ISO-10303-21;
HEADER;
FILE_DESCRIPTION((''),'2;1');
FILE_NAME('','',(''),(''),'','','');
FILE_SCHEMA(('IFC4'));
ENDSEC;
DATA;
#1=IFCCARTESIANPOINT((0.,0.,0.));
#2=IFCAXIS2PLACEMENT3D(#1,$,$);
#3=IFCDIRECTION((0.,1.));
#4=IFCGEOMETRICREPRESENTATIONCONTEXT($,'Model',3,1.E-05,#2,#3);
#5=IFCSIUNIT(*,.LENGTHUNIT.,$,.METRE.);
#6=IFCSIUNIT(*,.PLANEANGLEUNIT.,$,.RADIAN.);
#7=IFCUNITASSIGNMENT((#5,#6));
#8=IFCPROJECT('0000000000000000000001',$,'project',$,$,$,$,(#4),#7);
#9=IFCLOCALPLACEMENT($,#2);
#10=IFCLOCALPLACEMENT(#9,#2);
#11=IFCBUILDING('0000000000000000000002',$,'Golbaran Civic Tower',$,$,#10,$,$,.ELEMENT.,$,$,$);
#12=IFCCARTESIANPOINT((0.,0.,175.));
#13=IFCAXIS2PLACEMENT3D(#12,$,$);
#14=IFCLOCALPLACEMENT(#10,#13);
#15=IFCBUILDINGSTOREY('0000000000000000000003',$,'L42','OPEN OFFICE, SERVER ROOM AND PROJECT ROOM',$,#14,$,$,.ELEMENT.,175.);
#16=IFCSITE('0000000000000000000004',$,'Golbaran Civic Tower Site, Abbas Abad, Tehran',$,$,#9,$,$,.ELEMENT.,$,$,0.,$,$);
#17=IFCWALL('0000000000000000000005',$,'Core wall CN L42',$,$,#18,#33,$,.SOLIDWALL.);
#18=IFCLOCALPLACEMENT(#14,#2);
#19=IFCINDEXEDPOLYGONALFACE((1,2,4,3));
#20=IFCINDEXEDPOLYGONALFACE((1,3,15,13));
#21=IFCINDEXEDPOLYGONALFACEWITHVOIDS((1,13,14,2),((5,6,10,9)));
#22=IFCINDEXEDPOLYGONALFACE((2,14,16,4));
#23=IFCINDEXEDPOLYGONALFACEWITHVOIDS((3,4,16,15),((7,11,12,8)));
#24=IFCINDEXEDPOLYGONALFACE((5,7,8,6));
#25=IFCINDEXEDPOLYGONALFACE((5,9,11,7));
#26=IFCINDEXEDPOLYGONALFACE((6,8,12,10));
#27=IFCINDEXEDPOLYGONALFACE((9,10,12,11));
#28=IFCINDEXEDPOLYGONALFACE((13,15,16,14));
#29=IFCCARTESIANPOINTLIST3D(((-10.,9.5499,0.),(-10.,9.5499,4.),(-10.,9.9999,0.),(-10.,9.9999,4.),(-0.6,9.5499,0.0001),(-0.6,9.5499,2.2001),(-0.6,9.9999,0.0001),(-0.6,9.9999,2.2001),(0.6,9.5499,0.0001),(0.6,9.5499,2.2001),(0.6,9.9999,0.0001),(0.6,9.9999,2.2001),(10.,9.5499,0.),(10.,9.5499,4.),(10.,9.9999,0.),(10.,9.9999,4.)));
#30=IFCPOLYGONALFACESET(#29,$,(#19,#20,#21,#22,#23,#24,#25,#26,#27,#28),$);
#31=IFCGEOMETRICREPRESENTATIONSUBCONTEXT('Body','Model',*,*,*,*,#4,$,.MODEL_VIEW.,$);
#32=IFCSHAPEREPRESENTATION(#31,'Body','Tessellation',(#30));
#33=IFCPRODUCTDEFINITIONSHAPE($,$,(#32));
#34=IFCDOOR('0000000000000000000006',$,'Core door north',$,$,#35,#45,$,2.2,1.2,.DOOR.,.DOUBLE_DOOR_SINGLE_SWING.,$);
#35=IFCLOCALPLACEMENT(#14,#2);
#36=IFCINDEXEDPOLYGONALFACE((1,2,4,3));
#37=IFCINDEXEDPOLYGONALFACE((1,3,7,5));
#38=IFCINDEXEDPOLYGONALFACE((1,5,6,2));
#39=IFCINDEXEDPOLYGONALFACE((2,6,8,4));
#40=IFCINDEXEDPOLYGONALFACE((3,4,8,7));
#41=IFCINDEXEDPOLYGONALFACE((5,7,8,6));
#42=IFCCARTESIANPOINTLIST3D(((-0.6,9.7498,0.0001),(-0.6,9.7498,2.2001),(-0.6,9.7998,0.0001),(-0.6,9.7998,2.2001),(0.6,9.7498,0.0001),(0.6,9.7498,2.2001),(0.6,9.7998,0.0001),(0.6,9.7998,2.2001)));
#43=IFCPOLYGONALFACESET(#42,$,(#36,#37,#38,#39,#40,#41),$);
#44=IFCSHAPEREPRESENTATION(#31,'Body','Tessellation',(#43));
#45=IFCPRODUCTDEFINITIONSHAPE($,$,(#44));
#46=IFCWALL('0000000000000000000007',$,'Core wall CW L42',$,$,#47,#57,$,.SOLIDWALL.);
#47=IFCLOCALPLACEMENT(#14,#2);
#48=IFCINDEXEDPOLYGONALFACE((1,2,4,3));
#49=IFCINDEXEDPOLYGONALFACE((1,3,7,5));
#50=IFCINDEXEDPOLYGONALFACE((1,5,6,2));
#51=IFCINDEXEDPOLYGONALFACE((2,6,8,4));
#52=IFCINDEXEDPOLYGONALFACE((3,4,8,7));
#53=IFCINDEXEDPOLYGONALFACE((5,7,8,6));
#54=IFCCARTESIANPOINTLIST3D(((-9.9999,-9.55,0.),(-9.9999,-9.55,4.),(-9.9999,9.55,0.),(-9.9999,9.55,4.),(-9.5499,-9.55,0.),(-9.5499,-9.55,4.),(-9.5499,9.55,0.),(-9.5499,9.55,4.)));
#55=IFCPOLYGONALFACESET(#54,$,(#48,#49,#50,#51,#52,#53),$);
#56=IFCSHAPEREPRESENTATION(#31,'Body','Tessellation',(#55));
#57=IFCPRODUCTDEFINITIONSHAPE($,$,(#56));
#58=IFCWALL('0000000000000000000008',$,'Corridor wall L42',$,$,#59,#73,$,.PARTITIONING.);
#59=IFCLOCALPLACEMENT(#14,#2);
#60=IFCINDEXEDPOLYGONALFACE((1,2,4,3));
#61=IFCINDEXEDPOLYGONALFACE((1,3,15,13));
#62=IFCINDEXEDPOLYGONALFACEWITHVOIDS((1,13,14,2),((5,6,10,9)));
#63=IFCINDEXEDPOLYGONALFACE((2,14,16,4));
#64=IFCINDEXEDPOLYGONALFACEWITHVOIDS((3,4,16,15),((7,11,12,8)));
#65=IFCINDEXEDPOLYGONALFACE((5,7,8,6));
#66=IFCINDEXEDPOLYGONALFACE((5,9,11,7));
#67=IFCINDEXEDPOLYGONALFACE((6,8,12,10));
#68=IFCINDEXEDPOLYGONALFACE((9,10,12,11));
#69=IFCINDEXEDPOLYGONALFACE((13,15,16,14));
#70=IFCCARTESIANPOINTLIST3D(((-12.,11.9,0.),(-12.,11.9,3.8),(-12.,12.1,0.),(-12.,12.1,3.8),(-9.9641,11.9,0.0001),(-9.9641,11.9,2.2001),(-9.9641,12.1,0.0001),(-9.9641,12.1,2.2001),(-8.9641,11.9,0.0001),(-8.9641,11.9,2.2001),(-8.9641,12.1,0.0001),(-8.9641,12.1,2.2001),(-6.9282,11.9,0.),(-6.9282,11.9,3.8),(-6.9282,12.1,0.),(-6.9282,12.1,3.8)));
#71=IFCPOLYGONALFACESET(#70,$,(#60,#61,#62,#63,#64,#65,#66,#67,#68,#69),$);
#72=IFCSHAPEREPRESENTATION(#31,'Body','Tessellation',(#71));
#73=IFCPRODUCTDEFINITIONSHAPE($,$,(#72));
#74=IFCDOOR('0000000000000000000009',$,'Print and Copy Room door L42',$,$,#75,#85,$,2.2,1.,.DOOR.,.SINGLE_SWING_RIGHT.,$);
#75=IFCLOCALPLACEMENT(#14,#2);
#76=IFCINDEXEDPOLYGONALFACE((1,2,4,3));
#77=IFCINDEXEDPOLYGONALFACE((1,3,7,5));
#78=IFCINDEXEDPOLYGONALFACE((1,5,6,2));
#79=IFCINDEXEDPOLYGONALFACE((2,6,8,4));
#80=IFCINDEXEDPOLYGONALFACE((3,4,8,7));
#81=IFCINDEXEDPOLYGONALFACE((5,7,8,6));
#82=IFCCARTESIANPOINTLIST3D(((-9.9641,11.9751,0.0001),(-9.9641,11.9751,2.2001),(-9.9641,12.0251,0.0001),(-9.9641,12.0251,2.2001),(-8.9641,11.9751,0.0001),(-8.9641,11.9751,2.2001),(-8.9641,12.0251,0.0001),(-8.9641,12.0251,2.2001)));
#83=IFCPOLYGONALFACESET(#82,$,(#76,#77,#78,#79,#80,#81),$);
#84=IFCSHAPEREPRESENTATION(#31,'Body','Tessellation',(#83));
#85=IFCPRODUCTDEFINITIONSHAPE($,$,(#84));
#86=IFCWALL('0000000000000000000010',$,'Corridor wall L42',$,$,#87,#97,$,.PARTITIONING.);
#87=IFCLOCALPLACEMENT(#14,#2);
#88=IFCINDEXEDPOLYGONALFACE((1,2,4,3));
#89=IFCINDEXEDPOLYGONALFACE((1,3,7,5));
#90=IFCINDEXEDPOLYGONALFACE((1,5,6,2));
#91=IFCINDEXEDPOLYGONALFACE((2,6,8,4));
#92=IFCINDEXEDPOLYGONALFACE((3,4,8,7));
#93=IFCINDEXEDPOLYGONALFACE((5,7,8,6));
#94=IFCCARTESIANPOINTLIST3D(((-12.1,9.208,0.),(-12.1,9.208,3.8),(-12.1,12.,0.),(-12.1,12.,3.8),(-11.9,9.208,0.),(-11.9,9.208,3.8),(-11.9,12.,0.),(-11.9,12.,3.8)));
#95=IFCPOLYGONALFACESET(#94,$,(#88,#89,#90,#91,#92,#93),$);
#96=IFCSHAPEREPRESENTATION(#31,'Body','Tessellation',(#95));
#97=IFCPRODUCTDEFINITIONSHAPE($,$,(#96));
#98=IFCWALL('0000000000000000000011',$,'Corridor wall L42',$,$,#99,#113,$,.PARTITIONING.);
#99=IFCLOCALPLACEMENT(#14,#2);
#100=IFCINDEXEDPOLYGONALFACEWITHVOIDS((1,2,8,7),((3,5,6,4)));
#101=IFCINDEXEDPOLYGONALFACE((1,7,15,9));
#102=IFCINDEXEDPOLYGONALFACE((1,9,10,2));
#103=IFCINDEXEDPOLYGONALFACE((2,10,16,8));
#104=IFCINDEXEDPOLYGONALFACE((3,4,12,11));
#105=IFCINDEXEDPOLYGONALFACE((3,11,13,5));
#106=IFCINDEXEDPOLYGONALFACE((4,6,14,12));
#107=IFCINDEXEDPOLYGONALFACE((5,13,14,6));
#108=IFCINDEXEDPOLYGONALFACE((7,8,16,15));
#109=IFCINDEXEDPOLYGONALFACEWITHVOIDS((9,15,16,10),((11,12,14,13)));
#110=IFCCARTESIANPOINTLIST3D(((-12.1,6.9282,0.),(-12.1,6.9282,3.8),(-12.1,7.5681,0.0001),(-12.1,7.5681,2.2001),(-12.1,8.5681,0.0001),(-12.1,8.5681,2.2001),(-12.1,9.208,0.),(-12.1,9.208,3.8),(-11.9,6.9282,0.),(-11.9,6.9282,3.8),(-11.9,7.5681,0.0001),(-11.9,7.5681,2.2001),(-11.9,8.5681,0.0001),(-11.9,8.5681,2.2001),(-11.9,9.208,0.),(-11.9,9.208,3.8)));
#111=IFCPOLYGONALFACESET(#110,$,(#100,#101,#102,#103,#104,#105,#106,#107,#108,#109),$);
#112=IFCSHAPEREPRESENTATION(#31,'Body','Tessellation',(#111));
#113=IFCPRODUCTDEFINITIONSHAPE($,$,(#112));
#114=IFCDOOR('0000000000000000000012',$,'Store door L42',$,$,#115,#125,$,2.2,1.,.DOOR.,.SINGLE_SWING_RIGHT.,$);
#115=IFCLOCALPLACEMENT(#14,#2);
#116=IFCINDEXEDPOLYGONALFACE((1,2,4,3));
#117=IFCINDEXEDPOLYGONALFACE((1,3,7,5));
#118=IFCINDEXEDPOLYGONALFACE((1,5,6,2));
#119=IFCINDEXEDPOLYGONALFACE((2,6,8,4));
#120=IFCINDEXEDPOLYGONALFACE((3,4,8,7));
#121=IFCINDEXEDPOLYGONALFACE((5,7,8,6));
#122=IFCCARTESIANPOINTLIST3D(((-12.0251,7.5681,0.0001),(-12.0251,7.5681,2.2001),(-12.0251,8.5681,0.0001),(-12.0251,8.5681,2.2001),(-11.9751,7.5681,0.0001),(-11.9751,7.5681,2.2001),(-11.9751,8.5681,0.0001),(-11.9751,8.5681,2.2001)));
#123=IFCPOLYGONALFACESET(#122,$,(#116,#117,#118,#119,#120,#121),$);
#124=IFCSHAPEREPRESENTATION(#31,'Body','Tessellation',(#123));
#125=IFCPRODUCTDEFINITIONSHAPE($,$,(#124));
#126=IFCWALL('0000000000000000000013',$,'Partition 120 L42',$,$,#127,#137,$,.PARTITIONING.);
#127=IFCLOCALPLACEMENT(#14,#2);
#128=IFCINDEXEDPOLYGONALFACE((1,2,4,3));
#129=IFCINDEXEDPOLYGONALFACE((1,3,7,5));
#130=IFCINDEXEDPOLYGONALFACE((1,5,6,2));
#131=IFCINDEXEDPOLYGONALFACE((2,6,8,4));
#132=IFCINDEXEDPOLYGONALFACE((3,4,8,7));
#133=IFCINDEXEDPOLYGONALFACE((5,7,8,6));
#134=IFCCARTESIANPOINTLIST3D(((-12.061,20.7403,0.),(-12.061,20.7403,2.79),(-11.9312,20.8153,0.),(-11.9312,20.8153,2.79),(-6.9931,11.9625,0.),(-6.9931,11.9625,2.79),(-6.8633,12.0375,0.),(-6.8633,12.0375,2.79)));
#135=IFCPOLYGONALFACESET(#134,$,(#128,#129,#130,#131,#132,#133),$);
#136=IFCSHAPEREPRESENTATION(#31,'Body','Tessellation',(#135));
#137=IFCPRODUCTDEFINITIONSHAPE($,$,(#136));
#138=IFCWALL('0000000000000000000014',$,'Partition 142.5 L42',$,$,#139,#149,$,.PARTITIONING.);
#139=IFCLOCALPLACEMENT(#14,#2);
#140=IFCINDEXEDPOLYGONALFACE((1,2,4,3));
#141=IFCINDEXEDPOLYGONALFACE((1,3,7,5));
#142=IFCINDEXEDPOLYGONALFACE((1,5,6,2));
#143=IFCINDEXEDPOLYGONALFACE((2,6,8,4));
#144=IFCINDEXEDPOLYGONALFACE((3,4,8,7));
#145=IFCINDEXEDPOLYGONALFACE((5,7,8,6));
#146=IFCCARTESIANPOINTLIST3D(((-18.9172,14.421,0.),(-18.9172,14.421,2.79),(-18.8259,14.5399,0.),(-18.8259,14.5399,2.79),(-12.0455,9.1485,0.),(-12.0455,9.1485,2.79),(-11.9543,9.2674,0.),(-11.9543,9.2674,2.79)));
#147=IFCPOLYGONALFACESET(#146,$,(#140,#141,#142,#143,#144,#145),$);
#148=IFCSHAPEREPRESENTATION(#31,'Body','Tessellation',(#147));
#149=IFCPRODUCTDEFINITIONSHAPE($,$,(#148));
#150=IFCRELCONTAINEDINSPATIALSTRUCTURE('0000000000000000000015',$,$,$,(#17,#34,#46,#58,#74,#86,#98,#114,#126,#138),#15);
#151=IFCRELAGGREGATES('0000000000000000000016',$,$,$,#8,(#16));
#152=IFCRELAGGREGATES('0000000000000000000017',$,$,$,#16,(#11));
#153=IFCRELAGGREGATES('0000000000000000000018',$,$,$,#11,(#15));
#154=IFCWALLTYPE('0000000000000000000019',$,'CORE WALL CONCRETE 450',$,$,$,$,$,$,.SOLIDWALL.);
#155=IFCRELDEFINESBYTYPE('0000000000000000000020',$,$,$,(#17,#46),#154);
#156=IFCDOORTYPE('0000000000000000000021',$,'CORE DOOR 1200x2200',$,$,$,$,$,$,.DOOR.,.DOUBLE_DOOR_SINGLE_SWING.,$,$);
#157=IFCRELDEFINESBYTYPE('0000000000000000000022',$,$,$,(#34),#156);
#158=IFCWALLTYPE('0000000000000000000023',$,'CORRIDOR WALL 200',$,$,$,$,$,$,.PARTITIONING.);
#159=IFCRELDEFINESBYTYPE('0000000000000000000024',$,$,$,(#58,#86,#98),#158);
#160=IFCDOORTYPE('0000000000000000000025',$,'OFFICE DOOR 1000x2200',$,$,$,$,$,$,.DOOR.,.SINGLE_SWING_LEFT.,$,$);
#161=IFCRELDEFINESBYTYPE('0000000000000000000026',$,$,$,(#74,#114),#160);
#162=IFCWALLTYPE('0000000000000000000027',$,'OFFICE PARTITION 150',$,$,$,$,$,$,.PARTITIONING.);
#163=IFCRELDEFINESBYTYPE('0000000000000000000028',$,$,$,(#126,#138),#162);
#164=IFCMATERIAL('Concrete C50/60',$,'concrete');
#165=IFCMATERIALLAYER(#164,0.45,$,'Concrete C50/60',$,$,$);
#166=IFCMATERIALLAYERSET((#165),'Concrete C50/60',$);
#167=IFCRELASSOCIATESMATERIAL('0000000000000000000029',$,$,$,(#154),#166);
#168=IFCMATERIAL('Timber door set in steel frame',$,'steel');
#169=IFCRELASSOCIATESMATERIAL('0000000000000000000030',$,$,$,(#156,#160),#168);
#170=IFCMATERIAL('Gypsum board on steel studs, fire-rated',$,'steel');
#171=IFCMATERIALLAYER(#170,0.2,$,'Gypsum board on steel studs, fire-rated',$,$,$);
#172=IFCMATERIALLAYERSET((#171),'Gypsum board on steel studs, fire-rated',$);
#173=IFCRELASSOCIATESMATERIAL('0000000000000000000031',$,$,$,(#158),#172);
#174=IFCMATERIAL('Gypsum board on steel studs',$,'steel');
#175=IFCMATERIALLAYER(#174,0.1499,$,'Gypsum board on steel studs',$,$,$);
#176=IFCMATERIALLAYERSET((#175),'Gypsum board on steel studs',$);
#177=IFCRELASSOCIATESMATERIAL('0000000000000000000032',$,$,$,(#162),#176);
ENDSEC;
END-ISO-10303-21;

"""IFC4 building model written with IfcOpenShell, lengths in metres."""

from ifc_helpers import new_model, si_unit, direction, frame, frame_2d, origin, place, context, subcontext, project, spatial, rectangle, extrude, material, layer, layer_set, type_object, element, fill, save


model = new_model("IFC4")

# Units and contexts
model_context = context("Model", 3, precision=1e-05, world=origin(), true_north=direction((0.0, 1.0)))
body_context = subcontext(model_context, "Body", "Model", "MODEL_VIEW")
ifc_project = project(units=[si_unit("LENGTHUNIT", "METRE"), si_unit("PLANEANGLEUNIT", "RADIAN")], contexts=[model_context])

# Site, building, storey
site_placement = place(None, origin())
site = spatial("IfcSite", under=ifc_project, at=site_placement, Name="Golbaran Civic Tower Site, Abbas Abad, Tehran", CompositionType="ELEMENT", RefElevation=0.0)
building_placement = place(site_placement, origin())
building = spatial("IfcBuilding", under=site, at=building_placement, Name="Golbaran Civic Tower", CompositionType="ELEMENT")
storey_placement = place(building_placement, frame((0.0, 0.0, 175.0)))
storey = spatial("IfcBuildingStorey", under=building, at=storey_placement, Name="L42", Description="OPEN OFFICE, SERVER ROOM AND PROJECT ROOM", CompositionType="ELEMENT", Elevation=175.0)

# Wall, opening, door
ifc_material_1 = material(Name="Concrete C50/60", Category="concrete")
ifc_layer_1 = layer(ifc_material_1, 0.45, Name="Concrete C50/60")
ifc_layer_set_1 = layer_set([ifc_layer_1], Name="Concrete C50/60")
wall_type_1 = type_object("IfcWallType", Name="CORE WALL CONCRETE 450", PredefinedType="SOLIDWALL", material=ifc_layer_set_1)
wall_1_placement = place(storey_placement, frame((-10.0, 9.7749, 0.0), z_axis=(0.0, 0.0, 1.0), x_axis=(1.0, 0.0, 0.0)))
wall_1 = element("IfcWall", 1, at=wall_1_placement, inside=storey, type_object=wall_type_1, Name="Core wall CN L42", PredefinedType="SOLIDWALL", context=body_context, shape_type="SweptSolid", body=[
    extrude(rectangle(XDim=20.0, YDim=0.45, at=frame_2d((10.0, 0.0))), origin(), (0.0, 0.0, 1.0), 4.0),
])
opening_1_placement = place(wall_1_placement, frame((9.3999, 0.0, 0.0)))
opening_1 = element("IfcOpeningElement", 2, at=opening_1_placement, cuts=wall_1, PredefinedType="OPENING", context=body_context, shape_type="SweptSolid", body=[
    extrude(rectangle(XDim=1.2, YDim=2.2, at=frame_2d((0.6001, 1.1001))), frame((0.0, 0.2349, 0.0), z_axis=(0.0, -1.0, 0.0), x_axis=(1.0, 0.0, 0.0)), (0.0, 0.0, 1.0), 0.47),
])
ifc_material_2 = material(Name="Timber door set in steel frame", Category="steel")
door_type_1 = type_object("IfcDoorType", Name="CORE DOOR 1200x2200", OperationType="DOUBLE_DOOR_SINGLE_SWING", PredefinedType="DOOR", material=ifc_material_2)
door_1_placement = place(opening_1_placement, origin())
door_1 = element("IfcDoor", 3, at=door_1_placement, inside=storey, type_object=door_type_1, Name="Core door north", OperationType="DOUBLE_DOOR_SINGLE_SWING", OverallHeight=2.2, OverallWidth=1.2, PredefinedType="DOOR", context=body_context, shape_type="SweptSolid", body=[
    extrude(rectangle(XDim=1.2, YDim=2.2, at=frame_2d((0.6001, 1.1001))), frame((0.0, 0.0249, 0.0), z_axis=(0.0, -1.0, 0.0), x_axis=(1.0, 0.0, 0.0)), (0.0, 0.0, 1.0), 0.05),
])
fill(opening_1, door_1)

# Wall
wall_2_placement = place(storey_placement, frame((-9.7749, 9.55, 0.0), z_axis=(0.0, 0.0, 1.0), x_axis=(0.0, -1.0, 0.0)))
element("IfcWall", 4, at=wall_2_placement, inside=storey, type_object=wall_type_1, Name="Core wall CW L42", PredefinedType="SOLIDWALL", context=body_context, shape_type="SweptSolid", body=[
    extrude(rectangle(XDim=19.1001, YDim=0.45, at=frame_2d((9.55, 0.0))), origin(), (0.0, 0.0, 1.0), 4.0),
])

# Wall, opening, door
ifc_material_3 = material(Name="Gypsum board on steel studs, fire-rated", Category="steel")
ifc_layer_2 = layer(ifc_material_3, 0.2, Name="Gypsum board on steel studs, fire-rated")
ifc_layer_set_2 = layer_set([ifc_layer_2], Name="Gypsum board on steel studs, fire-rated")
wall_type_2 = type_object("IfcWallType", Name="CORRIDOR WALL 200", PredefinedType="PARTITIONING", material=ifc_layer_set_2)
wall_3_placement = place(storey_placement, frame((-6.9282, 12.0, 0.0), z_axis=(0.0, 0.0, 1.0), x_axis=(-1.0, 0.0, 0.0)))
wall_3 = element("IfcWall", 5, at=wall_3_placement, inside=storey, type_object=wall_type_2, Name="Corridor wall L42", PredefinedType="PARTITIONING", context=body_context, shape_type="SweptSolid", body=[
    extrude(rectangle(XDim=5.0718, YDim=0.2, at=frame_2d((2.5359, 0.0))), origin(), (0.0, 0.0, 1.0), 3.8),
])
opening_2_placement = place(wall_3_placement, frame((2.0359, 0.0, 0.0)))
opening_2 = element("IfcOpeningElement", 6, at=opening_2_placement, cuts=wall_3, PredefinedType="OPENING", context=body_context, shape_type="SweptSolid", body=[
    extrude(rectangle(XDim=1.0, YDim=2.2, at=frame_2d((0.5, 1.1001))), frame((0.0, 0.1099, 0.0), z_axis=(0.0, -1.0, 0.0), x_axis=(1.0, 0.0, 0.0)), (0.0, 0.0, 1.0), 0.22),
])
door_type_2 = type_object("IfcDoorType", Name="OFFICE DOOR 1000x2200", OperationType="SINGLE_SWING_LEFT", PredefinedType="DOOR", material=ifc_material_2)
door_2_placement = place(opening_2_placement, origin())
door_2 = element("IfcDoor", 7, at=door_2_placement, inside=storey, type_object=door_type_2, Name="Print and Copy Room door L42", OperationType="SINGLE_SWING_RIGHT", OverallHeight=2.2, OverallWidth=1.0, PredefinedType="DOOR", context=body_context, shape_type="SweptSolid", body=[
    extrude(rectangle(XDim=1.0, YDim=2.2, at=frame_2d((0.5, 1.1001))), frame((0.0, 0.0249, 0.0), z_axis=(0.0, -1.0, 0.0), x_axis=(1.0, 0.0, 0.0)), (0.0, 0.0, 1.0), 0.05),
])
fill(opening_2, door_2)

# Wall
wall_4_placement = place(storey_placement, frame((-12.0, 12.0, 0.0), z_axis=(0.0, 0.0, 1.0), x_axis=(0.0, -1.0, 0.0)))
element("IfcWall", 8, at=wall_4_placement, inside=storey, type_object=wall_type_2, Name="Corridor wall L42", PredefinedType="PARTITIONING", context=body_context, shape_type="SweptSolid", body=[
    extrude(rectangle(XDim=2.792, YDim=0.2, at=frame_2d((1.396, 0.0))), origin(), (0.0, 0.0, 1.0), 3.8),
])

# Wall, opening, door
wall_5_placement = place(storey_placement, frame((-12.0, 9.208, 0.0), z_axis=(0.0, 0.0, 1.0), x_axis=(0.0, -1.0, 0.0)))
wall_5 = element("IfcWall", 9, at=wall_5_placement, inside=storey, type_object=wall_type_2, Name="Corridor wall L42", PredefinedType="PARTITIONING", context=body_context, shape_type="SweptSolid", body=[
    extrude(rectangle(XDim=2.2798, YDim=0.2, at=frame_2d((1.1399, 0.0))), origin(), (0.0, 0.0, 1.0), 3.8),
])
opening_3_placement = place(wall_5_placement, frame((0.6399, 0.0, 0.0)))
opening_3 = element("IfcOpeningElement", 10, at=opening_3_placement, cuts=wall_5, PredefinedType="OPENING", context=body_context, shape_type="SweptSolid", body=[
    extrude(rectangle(XDim=1.0, YDim=2.2, at=frame_2d((0.5, 1.1001))), frame((0.0, 0.1099, 0.0), z_axis=(0.0, -1.0, 0.0), x_axis=(1.0, 0.0, 0.0)), (0.0, 0.0, 1.0), 0.22),
])
door_3_placement = place(opening_3_placement, origin())
door_3 = element("IfcDoor", 11, at=door_3_placement, inside=storey, type_object=door_type_2, Name="Store door L42", OperationType="SINGLE_SWING_RIGHT", OverallHeight=2.2, OverallWidth=1.0, PredefinedType="DOOR", context=body_context, shape_type="SweptSolid", body=[
    extrude(rectangle(XDim=1.0, YDim=2.2, at=frame_2d((0.5, 1.1001))), frame((0.0, 0.0249, 0.0), z_axis=(0.0, -1.0, 0.0), x_axis=(1.0, 0.0, 0.0)), (0.0, 0.0, 1.0), 0.05),
])
fill(opening_3, door_3)

# Walls
ifc_material_4 = material(Name="Gypsum board on steel studs", Category="steel")
ifc_layer_3 = layer(ifc_material_4, 0.1499, Name="Gypsum board on steel studs")
ifc_layer_set_3 = layer_set([ifc_layer_3], Name="Gypsum board on steel studs")
wall_type_3 = type_object("IfcWallType", Name="OFFICE PARTITION 150", PredefinedType="PARTITIONING", material=ifc_layer_set_3)
wall_6_placement = place(storey_placement, frame((-6.9282, 12.0, 0.0), z_axis=(0.0, 0.0, 1.0), x_axis=(-0.499999, 0.866026, 0.0)))
element("IfcWall", 12, at=wall_6_placement, inside=storey, type_object=wall_type_3, Name="Partition 120 L42", PredefinedType="PARTITIONING", context=body_context, shape_type="SweptSolid", body=[
    extrude(rectangle(XDim=10.1357, YDim=0.1499, at=frame_2d((5.0679, 0.0))), origin(), (0.0, 0.0, 1.0), 2.79),
])
wall_7_placement = place(storey_placement, frame((-12.0, 9.208, 0.0), z_axis=(0.0, 0.0, 1.0), x_axis=(-0.793369, 0.60874, 0.0)))
element("IfcWall", 13, at=wall_7_placement, inside=storey, type_object=wall_type_3, Name="Partition 142.5 L42", PredefinedType="PARTITIONING", context=body_context, shape_type="SweptSolid", body=[
    extrude(rectangle(XDim=8.6614, YDim=0.1499, at=frame_2d((4.3306, 0.0))), origin(), (0.0, 0.0, 1.0), 2.79),
])

save(model, "model.ifc")
